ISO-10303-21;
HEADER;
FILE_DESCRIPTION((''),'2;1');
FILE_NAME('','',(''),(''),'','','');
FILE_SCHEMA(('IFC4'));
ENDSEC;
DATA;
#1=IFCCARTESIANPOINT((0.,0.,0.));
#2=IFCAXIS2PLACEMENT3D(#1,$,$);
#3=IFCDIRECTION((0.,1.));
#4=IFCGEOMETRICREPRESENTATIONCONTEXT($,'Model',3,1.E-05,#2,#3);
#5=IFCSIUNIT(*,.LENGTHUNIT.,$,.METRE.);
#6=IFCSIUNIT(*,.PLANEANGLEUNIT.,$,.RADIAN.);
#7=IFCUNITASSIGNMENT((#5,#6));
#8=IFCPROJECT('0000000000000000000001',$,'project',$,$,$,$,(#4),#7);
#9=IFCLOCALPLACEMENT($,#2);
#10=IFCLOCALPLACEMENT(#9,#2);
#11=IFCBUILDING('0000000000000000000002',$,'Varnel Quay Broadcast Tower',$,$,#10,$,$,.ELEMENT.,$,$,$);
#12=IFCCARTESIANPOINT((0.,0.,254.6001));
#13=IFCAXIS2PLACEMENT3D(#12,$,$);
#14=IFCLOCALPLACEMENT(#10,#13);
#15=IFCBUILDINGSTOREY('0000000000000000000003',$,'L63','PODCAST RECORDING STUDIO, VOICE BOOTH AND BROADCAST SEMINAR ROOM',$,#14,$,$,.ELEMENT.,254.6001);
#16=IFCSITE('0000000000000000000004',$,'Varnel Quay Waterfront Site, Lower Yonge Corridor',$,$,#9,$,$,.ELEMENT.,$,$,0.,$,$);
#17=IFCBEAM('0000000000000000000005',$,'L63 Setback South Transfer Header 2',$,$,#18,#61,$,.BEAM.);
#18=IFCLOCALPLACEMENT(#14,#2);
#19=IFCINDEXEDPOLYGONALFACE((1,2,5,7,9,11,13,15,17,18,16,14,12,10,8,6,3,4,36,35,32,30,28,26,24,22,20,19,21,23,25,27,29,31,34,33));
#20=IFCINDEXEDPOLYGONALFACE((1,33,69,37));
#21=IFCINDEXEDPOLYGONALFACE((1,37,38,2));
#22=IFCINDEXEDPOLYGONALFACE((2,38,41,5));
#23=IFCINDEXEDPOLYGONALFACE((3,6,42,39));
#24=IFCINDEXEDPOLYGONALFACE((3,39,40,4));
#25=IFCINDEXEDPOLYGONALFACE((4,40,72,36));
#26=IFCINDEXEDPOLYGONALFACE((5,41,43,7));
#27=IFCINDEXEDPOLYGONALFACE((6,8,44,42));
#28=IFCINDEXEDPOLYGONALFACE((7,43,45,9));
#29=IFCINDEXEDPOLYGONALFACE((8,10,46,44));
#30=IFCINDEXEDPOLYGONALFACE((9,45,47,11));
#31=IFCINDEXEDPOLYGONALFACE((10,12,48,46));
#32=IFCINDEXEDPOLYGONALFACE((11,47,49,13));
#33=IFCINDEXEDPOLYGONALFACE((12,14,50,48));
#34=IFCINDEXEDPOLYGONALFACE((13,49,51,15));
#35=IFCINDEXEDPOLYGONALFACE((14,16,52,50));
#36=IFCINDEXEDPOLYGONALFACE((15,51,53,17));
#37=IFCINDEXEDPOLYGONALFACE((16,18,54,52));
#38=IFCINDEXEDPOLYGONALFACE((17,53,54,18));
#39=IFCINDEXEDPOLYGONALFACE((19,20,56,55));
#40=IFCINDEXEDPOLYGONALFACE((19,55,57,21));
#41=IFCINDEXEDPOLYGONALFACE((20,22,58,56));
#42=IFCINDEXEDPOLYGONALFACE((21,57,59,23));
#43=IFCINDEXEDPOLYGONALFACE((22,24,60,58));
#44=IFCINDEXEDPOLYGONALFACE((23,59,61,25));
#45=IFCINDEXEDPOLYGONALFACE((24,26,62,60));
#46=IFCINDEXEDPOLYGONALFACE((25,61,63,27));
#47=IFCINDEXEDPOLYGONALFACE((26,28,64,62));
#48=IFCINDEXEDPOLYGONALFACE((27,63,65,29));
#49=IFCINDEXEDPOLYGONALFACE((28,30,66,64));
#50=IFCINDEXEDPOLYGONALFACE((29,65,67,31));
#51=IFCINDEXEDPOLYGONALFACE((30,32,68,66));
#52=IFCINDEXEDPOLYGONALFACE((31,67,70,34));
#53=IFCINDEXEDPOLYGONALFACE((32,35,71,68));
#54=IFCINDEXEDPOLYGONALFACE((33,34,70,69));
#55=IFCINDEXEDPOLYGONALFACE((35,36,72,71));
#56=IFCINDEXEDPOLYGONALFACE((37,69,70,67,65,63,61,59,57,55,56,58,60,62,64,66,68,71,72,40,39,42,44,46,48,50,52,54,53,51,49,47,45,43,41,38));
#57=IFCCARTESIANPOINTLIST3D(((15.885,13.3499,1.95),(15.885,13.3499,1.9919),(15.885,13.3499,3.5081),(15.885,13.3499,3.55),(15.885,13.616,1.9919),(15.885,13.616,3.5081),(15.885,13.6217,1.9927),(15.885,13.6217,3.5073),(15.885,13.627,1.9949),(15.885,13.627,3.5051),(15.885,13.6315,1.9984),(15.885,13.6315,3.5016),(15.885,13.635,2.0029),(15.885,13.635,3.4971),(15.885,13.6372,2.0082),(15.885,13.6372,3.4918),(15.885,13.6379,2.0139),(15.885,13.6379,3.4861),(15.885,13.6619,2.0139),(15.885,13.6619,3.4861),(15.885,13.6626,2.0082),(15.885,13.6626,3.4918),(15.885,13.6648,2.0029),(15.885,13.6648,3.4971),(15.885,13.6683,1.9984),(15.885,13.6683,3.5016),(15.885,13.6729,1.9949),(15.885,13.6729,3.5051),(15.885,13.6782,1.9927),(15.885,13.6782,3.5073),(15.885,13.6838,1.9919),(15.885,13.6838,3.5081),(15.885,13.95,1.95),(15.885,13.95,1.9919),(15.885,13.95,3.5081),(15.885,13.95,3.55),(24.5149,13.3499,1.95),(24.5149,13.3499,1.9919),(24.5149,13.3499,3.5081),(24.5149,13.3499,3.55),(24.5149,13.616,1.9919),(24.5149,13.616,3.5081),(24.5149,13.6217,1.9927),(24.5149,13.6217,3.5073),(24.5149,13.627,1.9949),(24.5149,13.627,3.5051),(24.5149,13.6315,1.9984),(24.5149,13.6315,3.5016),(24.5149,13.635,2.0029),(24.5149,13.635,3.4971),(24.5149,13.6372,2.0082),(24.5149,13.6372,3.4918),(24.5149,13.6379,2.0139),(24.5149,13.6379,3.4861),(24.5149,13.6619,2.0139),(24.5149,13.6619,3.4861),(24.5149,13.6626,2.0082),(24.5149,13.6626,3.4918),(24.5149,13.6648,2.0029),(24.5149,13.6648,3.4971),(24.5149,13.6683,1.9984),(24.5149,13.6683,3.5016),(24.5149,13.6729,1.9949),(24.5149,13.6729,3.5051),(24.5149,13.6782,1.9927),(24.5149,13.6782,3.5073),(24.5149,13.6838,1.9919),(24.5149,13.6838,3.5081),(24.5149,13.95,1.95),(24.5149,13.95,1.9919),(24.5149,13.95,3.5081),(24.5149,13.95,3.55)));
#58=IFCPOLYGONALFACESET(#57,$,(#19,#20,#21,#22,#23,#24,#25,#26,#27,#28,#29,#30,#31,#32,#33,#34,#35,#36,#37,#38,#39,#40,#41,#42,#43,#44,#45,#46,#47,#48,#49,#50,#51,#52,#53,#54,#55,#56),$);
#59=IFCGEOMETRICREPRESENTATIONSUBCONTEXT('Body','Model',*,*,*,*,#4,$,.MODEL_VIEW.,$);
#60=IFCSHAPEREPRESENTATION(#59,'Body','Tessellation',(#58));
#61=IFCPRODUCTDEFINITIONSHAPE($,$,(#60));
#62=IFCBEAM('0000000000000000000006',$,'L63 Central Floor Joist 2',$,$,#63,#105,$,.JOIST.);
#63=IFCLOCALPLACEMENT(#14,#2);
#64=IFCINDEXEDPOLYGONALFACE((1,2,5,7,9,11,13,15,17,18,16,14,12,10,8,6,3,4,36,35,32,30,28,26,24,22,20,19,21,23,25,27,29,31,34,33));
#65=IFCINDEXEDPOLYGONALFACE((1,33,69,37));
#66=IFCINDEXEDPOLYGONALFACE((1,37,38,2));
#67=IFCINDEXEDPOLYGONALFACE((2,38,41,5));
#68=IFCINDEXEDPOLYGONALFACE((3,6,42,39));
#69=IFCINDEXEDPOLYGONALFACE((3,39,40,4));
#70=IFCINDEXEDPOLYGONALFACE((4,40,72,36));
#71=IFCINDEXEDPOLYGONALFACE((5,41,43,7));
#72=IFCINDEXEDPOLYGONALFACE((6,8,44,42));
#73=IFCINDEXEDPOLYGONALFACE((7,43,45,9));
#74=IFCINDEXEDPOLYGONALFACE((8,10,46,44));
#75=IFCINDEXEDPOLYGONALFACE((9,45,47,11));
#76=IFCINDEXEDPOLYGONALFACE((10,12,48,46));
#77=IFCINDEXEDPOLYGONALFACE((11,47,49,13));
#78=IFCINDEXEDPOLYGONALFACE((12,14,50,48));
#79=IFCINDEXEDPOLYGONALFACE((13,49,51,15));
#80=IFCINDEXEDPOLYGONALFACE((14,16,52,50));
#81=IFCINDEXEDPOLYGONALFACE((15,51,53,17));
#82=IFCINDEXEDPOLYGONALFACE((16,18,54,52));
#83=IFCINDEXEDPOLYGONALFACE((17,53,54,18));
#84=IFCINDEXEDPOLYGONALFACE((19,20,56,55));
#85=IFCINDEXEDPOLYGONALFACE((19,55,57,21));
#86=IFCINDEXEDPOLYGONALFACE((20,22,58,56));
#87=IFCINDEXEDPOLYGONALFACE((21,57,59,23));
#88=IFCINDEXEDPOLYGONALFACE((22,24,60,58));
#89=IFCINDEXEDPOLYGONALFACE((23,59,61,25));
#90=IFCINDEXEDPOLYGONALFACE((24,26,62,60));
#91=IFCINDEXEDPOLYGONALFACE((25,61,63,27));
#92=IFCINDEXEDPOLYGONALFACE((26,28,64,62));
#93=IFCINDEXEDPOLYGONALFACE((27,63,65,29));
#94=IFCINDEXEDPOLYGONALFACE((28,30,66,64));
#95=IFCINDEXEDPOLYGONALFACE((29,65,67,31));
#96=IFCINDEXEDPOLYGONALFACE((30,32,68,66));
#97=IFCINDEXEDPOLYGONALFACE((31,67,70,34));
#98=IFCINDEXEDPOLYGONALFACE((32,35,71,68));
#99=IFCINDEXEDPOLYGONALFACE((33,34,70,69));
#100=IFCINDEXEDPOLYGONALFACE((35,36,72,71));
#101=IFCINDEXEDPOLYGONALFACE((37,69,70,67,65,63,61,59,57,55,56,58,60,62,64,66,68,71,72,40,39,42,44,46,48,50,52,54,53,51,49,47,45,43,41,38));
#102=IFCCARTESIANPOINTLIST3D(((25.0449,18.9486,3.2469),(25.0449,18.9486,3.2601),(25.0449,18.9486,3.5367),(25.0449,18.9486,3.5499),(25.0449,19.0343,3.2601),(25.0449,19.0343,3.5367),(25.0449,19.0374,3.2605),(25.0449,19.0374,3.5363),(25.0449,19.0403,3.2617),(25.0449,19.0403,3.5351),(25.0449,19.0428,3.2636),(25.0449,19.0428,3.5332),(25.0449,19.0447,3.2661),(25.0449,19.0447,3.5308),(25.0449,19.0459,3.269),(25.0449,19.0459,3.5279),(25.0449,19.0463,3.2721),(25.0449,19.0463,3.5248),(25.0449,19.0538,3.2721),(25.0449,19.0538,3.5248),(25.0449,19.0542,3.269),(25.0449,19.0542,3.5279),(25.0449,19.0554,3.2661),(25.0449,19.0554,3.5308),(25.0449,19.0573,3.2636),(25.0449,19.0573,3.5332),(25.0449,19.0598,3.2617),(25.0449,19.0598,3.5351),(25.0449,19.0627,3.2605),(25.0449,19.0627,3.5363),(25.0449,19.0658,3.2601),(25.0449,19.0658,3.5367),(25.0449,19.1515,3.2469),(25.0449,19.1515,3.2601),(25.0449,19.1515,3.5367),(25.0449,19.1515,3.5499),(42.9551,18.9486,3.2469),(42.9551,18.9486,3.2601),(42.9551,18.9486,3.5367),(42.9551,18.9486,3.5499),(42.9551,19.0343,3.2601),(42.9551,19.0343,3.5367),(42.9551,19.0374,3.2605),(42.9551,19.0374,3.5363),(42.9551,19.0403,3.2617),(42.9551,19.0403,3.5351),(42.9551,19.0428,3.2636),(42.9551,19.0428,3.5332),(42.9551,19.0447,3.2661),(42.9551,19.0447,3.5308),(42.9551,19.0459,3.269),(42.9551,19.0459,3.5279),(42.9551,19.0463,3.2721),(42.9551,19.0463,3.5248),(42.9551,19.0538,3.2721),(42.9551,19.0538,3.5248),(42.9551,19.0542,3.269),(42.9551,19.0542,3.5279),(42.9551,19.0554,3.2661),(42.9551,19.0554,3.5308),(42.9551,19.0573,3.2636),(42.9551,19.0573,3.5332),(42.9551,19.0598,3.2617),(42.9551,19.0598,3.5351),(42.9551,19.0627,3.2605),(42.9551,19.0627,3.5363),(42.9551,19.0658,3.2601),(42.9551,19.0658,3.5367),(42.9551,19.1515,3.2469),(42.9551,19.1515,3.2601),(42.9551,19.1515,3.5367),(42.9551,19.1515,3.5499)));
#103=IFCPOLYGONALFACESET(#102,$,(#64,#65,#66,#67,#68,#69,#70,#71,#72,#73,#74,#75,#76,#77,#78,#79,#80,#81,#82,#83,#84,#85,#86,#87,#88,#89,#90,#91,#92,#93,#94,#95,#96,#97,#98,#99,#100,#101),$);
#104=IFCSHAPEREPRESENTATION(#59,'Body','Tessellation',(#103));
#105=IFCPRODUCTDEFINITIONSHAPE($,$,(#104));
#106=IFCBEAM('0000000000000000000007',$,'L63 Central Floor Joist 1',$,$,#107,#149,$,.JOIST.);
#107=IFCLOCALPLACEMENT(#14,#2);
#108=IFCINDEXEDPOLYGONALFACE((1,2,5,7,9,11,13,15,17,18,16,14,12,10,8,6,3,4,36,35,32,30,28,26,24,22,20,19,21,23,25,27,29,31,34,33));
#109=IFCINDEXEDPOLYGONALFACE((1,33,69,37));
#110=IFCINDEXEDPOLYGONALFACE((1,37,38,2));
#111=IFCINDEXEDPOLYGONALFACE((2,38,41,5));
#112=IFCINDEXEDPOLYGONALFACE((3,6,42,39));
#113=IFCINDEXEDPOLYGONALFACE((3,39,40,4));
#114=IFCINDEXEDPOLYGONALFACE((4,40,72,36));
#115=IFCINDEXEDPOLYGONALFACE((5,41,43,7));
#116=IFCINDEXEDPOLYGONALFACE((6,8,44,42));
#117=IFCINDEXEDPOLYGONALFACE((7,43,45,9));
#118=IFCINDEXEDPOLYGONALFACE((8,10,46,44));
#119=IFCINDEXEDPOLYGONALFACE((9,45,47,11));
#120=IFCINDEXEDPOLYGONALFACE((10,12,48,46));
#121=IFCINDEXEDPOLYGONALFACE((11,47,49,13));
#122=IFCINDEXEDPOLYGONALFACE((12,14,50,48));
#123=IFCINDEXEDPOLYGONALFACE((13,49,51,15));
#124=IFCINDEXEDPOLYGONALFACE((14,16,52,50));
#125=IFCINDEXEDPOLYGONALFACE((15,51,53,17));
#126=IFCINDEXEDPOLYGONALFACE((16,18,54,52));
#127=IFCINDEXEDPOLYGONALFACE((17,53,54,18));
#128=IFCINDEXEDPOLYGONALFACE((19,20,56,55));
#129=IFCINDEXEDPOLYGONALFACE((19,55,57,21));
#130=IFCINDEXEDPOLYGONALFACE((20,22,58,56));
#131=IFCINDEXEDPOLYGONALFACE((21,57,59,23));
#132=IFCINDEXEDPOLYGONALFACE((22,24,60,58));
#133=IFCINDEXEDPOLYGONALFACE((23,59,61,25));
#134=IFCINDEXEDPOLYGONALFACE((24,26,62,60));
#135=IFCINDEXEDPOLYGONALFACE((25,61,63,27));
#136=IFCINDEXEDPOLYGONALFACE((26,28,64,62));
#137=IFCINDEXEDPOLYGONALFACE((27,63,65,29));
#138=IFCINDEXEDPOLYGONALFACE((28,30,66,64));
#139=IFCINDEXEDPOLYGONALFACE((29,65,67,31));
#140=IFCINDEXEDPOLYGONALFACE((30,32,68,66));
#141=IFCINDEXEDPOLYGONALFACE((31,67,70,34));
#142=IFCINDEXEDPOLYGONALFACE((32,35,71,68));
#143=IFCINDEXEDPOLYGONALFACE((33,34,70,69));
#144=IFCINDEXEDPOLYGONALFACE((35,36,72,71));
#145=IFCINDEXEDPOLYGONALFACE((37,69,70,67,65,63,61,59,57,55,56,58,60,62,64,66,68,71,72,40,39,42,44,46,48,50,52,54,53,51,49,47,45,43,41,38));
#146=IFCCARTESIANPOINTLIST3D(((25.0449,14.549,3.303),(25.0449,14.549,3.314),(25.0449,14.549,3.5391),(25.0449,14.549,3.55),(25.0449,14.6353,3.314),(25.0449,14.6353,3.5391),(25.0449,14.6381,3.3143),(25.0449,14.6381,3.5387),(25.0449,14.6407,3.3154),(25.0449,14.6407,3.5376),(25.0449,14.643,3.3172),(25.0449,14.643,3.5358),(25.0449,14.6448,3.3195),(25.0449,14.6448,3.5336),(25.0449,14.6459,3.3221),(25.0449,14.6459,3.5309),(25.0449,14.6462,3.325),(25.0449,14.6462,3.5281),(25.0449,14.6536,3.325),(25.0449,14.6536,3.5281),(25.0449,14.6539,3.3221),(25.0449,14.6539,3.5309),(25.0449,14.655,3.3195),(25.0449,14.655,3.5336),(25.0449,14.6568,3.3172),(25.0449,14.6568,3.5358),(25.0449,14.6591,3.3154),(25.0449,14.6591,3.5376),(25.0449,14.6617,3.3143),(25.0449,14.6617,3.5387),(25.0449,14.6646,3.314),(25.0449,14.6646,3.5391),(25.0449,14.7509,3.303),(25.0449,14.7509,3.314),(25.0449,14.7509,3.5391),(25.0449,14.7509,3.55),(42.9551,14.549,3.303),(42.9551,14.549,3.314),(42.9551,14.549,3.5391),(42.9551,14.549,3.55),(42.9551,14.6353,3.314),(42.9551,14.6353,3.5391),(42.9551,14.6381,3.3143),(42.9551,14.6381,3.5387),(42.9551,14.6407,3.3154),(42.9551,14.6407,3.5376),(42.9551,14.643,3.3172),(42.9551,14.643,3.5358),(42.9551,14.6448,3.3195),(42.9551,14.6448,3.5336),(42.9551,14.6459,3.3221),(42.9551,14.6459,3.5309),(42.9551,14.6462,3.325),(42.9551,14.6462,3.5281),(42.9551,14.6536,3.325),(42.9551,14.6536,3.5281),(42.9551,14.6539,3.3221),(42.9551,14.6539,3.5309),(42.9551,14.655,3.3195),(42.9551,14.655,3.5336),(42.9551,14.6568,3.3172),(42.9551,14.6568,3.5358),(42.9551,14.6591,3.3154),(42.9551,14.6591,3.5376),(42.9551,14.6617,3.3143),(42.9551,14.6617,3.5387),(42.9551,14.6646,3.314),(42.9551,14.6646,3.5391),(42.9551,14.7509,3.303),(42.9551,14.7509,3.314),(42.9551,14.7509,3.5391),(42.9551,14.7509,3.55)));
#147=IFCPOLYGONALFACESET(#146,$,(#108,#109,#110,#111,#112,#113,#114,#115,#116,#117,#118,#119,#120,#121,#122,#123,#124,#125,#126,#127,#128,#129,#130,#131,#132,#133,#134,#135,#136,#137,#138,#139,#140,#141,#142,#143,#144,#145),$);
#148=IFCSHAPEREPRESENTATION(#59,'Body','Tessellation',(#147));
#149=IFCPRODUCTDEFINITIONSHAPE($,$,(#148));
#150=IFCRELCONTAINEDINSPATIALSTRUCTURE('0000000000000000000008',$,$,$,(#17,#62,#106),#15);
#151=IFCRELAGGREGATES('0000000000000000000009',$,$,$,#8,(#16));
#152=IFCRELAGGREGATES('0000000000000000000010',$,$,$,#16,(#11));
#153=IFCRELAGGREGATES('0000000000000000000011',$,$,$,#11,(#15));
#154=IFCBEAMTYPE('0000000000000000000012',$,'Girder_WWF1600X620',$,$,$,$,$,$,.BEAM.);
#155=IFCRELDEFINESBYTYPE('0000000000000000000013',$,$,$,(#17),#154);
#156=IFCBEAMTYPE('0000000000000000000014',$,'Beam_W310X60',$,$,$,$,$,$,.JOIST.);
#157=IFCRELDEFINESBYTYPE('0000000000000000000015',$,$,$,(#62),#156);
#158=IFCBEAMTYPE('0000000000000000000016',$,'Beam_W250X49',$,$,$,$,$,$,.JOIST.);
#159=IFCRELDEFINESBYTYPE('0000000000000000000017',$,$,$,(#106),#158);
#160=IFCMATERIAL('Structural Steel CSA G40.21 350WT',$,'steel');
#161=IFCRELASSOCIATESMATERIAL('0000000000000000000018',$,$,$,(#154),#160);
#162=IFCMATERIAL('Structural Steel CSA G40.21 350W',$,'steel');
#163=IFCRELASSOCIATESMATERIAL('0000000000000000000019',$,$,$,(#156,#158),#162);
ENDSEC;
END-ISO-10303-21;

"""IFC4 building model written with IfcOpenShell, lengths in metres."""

from ifc_helpers import new_model, si_unit, direction, frame, origin, origin_2d, place, context, subcontext, project, spatial, i_section, extrude, source, transform, mapped, material, material_profile, profile_set, type_object, type_shapes, element, save


model = new_model("IFC4")

# Units and contexts
model_context = context("Model", 3, precision=1e-05, world=origin(), true_north=direction((0.0, 1.0)))
body_context = subcontext(model_context, "Body", "Model", "MODEL_VIEW")
ifc_project = project(units=[si_unit("LENGTHUNIT", "METRE"), si_unit("PLANEANGLEUNIT", "RADIAN")], contexts=[model_context])

# Site, building, storey
site_placement = place(None, origin())
site = spatial("IfcSite", under=ifc_project, at=site_placement, Name="Varnel Quay Waterfront Site, Lower Yonge Corridor", CompositionType="ELEMENT", RefElevation=0.0)
building_placement = place(site_placement, origin())
building = spatial("IfcBuilding", under=site, at=building_placement, Name="Varnel Quay Broadcast Tower", CompositionType="ELEMENT")
storey_placement = place(building_placement, frame((0.0, 0.0, 254.6001)))
storey = spatial("IfcBuildingStorey", under=building, at=storey_placement, Name="L63", Description="PODCAST RECORDING STUDIO, VOICE BOOTH AND BROADCAST SEMINAR ROOM", CompositionType="ELEMENT", Elevation=254.6001)

# Shared definitions
ifc_material_1 = material(Name="Structural Steel CSA G40.21 350WT", Category="steel")
ifc_material_2 = material(Name="Structural Steel CSA G40.21 350W", Category="steel")

# Beams
ifc_material_profile_1 = material_profile(ifc_material_1, i_section(OverallWidth=0.6001, OverallDepth=1.6001, WebThickness=0.0239, FlangeThickness=0.042, FilletRadius=0.022, at=origin_2d()), Name="WWF1600X620")
ifc_profile_set_1 = profile_set([ifc_material_profile_1], Name="Structural Steel CSA G40.21 350WT")
beam_type_1 = type_object("IfcBeamType", Name="Girder_WWF1600X620", PredefinedType="BEAM", material=ifc_profile_set_1)
shared_shape_1 = source(origin(), body_context, "Body", "SweptSolid", [
    extrude(i_section(OverallWidth=0.6001, OverallDepth=1.6001, WebThickness=0.0239, FlangeThickness=0.042, FilletRadius=0.022, at=origin_2d()), origin(), (0.0, 0.0, 1.0), 8.6299),
])
beam_1_placement = place(storey_placement, frame((15.885, 13.6499, 2.75), z_axis=(1.0, 0.0, 0.0), x_axis=(0.0, 1.0, 0.0)))
element("IfcBeam", 1, at=beam_1_placement, inside=storey, type_object=beam_type_1, Name="L63 Setback South Transfer Header 2", PredefinedType="BEAM", context=body_context, shape_type="MappedRepresentation", body=[
    mapped(shared_shape_1, transform((0.0, 0.0, 0.0), x_axis=(1.0, 0.0, 0.0), y_axis=(0.0, 1.0, 0.0), z_axis=(0.0, 0.0, 1.0), scale=1.0)),
])
ifc_material_profile_2 = material_profile(ifc_material_2, i_section(OverallWidth=0.2029, OverallDepth=0.303, WebThickness=0.0076, FlangeThickness=0.0132, FilletRadius=0.012, at=origin_2d()), Name="W310X60")
ifc_profile_set_2 = profile_set([ifc_material_profile_2], Name="Structural Steel CSA G40.21 350W")
beam_type_2 = type_object("IfcBeamType", Name="Beam_W310X60", PredefinedType="JOIST", material=ifc_profile_set_2)
shared_shape_2 = source(origin(), body_context, "Body", "SweptSolid", [
    extrude(i_section(OverallWidth=0.2029, OverallDepth=0.303, WebThickness=0.0076, FlangeThickness=0.0132, FilletRadius=0.012, at=origin_2d()), origin(), (0.0, 0.0, 1.0), 17.9102),
])
type_shapes(beam_type_2, [shared_shape_2])
beam_2_placement = place(storey_placement, frame((25.0449, 19.05, 3.3984), z_axis=(1.0, 0.0, 0.0), x_axis=(0.0, 1.0, 0.0)))
element("IfcBeam", 2, at=beam_2_placement, inside=storey, type_object=beam_type_2, Name="L63 Central Floor Joist 2", PredefinedType="JOIST", context=body_context, shape_type="MappedRepresentation", body=[
    mapped(shared_shape_2, transform((0.0, 0.0, 0.0), x_axis=(1.0, 0.0, 0.0), y_axis=(0.0, 1.0, 0.0), z_axis=(0.0, 0.0, 1.0), scale=1.0)),
])
ifc_material_profile_3 = material_profile(ifc_material_2, i_section(OverallWidth=0.2019, OverallDepth=0.2471, WebThickness=0.0073, FlangeThickness=0.011, FilletRadius=0.011, at=origin_2d()), Name="W250X49")
ifc_profile_set_3 = profile_set([ifc_material_profile_3], Name="Structural Steel CSA G40.21 350W")
beam_type_3 = type_object("IfcBeamType", Name="Beam_W250X49", PredefinedType="JOIST", material=ifc_profile_set_3)
shared_shape_3 = source(origin(), body_context, "Body", "SweptSolid", [
    extrude(i_section(OverallWidth=0.2019, OverallDepth=0.2471, WebThickness=0.0073, FlangeThickness=0.011, FilletRadius=0.011, at=origin_2d()), origin(), (0.0, 0.0, 1.0), 17.9102),
])
type_shapes(beam_type_3, [shared_shape_3])
beam_3_placement = place(storey_placement, frame((25.0449, 14.6499, 3.4265), z_axis=(1.0, 0.0, 0.0), x_axis=(0.0, 1.0, 0.0)))
element("IfcBeam", 3, at=beam_3_placement, inside=storey, type_object=beam_type_3, Name="L63 Central Floor Joist 1", PredefinedType="JOIST", context=body_context, shape_type="MappedRepresentation", body=[
    mapped(shared_shape_3, transform((0.0, 0.0, 0.0), x_axis=(1.0, 0.0, 0.0), y_axis=(0.0, 1.0, 0.0), z_axis=(0.0, 0.0, 1.0), scale=1.0)),
])

save(model, "model.ifc")
